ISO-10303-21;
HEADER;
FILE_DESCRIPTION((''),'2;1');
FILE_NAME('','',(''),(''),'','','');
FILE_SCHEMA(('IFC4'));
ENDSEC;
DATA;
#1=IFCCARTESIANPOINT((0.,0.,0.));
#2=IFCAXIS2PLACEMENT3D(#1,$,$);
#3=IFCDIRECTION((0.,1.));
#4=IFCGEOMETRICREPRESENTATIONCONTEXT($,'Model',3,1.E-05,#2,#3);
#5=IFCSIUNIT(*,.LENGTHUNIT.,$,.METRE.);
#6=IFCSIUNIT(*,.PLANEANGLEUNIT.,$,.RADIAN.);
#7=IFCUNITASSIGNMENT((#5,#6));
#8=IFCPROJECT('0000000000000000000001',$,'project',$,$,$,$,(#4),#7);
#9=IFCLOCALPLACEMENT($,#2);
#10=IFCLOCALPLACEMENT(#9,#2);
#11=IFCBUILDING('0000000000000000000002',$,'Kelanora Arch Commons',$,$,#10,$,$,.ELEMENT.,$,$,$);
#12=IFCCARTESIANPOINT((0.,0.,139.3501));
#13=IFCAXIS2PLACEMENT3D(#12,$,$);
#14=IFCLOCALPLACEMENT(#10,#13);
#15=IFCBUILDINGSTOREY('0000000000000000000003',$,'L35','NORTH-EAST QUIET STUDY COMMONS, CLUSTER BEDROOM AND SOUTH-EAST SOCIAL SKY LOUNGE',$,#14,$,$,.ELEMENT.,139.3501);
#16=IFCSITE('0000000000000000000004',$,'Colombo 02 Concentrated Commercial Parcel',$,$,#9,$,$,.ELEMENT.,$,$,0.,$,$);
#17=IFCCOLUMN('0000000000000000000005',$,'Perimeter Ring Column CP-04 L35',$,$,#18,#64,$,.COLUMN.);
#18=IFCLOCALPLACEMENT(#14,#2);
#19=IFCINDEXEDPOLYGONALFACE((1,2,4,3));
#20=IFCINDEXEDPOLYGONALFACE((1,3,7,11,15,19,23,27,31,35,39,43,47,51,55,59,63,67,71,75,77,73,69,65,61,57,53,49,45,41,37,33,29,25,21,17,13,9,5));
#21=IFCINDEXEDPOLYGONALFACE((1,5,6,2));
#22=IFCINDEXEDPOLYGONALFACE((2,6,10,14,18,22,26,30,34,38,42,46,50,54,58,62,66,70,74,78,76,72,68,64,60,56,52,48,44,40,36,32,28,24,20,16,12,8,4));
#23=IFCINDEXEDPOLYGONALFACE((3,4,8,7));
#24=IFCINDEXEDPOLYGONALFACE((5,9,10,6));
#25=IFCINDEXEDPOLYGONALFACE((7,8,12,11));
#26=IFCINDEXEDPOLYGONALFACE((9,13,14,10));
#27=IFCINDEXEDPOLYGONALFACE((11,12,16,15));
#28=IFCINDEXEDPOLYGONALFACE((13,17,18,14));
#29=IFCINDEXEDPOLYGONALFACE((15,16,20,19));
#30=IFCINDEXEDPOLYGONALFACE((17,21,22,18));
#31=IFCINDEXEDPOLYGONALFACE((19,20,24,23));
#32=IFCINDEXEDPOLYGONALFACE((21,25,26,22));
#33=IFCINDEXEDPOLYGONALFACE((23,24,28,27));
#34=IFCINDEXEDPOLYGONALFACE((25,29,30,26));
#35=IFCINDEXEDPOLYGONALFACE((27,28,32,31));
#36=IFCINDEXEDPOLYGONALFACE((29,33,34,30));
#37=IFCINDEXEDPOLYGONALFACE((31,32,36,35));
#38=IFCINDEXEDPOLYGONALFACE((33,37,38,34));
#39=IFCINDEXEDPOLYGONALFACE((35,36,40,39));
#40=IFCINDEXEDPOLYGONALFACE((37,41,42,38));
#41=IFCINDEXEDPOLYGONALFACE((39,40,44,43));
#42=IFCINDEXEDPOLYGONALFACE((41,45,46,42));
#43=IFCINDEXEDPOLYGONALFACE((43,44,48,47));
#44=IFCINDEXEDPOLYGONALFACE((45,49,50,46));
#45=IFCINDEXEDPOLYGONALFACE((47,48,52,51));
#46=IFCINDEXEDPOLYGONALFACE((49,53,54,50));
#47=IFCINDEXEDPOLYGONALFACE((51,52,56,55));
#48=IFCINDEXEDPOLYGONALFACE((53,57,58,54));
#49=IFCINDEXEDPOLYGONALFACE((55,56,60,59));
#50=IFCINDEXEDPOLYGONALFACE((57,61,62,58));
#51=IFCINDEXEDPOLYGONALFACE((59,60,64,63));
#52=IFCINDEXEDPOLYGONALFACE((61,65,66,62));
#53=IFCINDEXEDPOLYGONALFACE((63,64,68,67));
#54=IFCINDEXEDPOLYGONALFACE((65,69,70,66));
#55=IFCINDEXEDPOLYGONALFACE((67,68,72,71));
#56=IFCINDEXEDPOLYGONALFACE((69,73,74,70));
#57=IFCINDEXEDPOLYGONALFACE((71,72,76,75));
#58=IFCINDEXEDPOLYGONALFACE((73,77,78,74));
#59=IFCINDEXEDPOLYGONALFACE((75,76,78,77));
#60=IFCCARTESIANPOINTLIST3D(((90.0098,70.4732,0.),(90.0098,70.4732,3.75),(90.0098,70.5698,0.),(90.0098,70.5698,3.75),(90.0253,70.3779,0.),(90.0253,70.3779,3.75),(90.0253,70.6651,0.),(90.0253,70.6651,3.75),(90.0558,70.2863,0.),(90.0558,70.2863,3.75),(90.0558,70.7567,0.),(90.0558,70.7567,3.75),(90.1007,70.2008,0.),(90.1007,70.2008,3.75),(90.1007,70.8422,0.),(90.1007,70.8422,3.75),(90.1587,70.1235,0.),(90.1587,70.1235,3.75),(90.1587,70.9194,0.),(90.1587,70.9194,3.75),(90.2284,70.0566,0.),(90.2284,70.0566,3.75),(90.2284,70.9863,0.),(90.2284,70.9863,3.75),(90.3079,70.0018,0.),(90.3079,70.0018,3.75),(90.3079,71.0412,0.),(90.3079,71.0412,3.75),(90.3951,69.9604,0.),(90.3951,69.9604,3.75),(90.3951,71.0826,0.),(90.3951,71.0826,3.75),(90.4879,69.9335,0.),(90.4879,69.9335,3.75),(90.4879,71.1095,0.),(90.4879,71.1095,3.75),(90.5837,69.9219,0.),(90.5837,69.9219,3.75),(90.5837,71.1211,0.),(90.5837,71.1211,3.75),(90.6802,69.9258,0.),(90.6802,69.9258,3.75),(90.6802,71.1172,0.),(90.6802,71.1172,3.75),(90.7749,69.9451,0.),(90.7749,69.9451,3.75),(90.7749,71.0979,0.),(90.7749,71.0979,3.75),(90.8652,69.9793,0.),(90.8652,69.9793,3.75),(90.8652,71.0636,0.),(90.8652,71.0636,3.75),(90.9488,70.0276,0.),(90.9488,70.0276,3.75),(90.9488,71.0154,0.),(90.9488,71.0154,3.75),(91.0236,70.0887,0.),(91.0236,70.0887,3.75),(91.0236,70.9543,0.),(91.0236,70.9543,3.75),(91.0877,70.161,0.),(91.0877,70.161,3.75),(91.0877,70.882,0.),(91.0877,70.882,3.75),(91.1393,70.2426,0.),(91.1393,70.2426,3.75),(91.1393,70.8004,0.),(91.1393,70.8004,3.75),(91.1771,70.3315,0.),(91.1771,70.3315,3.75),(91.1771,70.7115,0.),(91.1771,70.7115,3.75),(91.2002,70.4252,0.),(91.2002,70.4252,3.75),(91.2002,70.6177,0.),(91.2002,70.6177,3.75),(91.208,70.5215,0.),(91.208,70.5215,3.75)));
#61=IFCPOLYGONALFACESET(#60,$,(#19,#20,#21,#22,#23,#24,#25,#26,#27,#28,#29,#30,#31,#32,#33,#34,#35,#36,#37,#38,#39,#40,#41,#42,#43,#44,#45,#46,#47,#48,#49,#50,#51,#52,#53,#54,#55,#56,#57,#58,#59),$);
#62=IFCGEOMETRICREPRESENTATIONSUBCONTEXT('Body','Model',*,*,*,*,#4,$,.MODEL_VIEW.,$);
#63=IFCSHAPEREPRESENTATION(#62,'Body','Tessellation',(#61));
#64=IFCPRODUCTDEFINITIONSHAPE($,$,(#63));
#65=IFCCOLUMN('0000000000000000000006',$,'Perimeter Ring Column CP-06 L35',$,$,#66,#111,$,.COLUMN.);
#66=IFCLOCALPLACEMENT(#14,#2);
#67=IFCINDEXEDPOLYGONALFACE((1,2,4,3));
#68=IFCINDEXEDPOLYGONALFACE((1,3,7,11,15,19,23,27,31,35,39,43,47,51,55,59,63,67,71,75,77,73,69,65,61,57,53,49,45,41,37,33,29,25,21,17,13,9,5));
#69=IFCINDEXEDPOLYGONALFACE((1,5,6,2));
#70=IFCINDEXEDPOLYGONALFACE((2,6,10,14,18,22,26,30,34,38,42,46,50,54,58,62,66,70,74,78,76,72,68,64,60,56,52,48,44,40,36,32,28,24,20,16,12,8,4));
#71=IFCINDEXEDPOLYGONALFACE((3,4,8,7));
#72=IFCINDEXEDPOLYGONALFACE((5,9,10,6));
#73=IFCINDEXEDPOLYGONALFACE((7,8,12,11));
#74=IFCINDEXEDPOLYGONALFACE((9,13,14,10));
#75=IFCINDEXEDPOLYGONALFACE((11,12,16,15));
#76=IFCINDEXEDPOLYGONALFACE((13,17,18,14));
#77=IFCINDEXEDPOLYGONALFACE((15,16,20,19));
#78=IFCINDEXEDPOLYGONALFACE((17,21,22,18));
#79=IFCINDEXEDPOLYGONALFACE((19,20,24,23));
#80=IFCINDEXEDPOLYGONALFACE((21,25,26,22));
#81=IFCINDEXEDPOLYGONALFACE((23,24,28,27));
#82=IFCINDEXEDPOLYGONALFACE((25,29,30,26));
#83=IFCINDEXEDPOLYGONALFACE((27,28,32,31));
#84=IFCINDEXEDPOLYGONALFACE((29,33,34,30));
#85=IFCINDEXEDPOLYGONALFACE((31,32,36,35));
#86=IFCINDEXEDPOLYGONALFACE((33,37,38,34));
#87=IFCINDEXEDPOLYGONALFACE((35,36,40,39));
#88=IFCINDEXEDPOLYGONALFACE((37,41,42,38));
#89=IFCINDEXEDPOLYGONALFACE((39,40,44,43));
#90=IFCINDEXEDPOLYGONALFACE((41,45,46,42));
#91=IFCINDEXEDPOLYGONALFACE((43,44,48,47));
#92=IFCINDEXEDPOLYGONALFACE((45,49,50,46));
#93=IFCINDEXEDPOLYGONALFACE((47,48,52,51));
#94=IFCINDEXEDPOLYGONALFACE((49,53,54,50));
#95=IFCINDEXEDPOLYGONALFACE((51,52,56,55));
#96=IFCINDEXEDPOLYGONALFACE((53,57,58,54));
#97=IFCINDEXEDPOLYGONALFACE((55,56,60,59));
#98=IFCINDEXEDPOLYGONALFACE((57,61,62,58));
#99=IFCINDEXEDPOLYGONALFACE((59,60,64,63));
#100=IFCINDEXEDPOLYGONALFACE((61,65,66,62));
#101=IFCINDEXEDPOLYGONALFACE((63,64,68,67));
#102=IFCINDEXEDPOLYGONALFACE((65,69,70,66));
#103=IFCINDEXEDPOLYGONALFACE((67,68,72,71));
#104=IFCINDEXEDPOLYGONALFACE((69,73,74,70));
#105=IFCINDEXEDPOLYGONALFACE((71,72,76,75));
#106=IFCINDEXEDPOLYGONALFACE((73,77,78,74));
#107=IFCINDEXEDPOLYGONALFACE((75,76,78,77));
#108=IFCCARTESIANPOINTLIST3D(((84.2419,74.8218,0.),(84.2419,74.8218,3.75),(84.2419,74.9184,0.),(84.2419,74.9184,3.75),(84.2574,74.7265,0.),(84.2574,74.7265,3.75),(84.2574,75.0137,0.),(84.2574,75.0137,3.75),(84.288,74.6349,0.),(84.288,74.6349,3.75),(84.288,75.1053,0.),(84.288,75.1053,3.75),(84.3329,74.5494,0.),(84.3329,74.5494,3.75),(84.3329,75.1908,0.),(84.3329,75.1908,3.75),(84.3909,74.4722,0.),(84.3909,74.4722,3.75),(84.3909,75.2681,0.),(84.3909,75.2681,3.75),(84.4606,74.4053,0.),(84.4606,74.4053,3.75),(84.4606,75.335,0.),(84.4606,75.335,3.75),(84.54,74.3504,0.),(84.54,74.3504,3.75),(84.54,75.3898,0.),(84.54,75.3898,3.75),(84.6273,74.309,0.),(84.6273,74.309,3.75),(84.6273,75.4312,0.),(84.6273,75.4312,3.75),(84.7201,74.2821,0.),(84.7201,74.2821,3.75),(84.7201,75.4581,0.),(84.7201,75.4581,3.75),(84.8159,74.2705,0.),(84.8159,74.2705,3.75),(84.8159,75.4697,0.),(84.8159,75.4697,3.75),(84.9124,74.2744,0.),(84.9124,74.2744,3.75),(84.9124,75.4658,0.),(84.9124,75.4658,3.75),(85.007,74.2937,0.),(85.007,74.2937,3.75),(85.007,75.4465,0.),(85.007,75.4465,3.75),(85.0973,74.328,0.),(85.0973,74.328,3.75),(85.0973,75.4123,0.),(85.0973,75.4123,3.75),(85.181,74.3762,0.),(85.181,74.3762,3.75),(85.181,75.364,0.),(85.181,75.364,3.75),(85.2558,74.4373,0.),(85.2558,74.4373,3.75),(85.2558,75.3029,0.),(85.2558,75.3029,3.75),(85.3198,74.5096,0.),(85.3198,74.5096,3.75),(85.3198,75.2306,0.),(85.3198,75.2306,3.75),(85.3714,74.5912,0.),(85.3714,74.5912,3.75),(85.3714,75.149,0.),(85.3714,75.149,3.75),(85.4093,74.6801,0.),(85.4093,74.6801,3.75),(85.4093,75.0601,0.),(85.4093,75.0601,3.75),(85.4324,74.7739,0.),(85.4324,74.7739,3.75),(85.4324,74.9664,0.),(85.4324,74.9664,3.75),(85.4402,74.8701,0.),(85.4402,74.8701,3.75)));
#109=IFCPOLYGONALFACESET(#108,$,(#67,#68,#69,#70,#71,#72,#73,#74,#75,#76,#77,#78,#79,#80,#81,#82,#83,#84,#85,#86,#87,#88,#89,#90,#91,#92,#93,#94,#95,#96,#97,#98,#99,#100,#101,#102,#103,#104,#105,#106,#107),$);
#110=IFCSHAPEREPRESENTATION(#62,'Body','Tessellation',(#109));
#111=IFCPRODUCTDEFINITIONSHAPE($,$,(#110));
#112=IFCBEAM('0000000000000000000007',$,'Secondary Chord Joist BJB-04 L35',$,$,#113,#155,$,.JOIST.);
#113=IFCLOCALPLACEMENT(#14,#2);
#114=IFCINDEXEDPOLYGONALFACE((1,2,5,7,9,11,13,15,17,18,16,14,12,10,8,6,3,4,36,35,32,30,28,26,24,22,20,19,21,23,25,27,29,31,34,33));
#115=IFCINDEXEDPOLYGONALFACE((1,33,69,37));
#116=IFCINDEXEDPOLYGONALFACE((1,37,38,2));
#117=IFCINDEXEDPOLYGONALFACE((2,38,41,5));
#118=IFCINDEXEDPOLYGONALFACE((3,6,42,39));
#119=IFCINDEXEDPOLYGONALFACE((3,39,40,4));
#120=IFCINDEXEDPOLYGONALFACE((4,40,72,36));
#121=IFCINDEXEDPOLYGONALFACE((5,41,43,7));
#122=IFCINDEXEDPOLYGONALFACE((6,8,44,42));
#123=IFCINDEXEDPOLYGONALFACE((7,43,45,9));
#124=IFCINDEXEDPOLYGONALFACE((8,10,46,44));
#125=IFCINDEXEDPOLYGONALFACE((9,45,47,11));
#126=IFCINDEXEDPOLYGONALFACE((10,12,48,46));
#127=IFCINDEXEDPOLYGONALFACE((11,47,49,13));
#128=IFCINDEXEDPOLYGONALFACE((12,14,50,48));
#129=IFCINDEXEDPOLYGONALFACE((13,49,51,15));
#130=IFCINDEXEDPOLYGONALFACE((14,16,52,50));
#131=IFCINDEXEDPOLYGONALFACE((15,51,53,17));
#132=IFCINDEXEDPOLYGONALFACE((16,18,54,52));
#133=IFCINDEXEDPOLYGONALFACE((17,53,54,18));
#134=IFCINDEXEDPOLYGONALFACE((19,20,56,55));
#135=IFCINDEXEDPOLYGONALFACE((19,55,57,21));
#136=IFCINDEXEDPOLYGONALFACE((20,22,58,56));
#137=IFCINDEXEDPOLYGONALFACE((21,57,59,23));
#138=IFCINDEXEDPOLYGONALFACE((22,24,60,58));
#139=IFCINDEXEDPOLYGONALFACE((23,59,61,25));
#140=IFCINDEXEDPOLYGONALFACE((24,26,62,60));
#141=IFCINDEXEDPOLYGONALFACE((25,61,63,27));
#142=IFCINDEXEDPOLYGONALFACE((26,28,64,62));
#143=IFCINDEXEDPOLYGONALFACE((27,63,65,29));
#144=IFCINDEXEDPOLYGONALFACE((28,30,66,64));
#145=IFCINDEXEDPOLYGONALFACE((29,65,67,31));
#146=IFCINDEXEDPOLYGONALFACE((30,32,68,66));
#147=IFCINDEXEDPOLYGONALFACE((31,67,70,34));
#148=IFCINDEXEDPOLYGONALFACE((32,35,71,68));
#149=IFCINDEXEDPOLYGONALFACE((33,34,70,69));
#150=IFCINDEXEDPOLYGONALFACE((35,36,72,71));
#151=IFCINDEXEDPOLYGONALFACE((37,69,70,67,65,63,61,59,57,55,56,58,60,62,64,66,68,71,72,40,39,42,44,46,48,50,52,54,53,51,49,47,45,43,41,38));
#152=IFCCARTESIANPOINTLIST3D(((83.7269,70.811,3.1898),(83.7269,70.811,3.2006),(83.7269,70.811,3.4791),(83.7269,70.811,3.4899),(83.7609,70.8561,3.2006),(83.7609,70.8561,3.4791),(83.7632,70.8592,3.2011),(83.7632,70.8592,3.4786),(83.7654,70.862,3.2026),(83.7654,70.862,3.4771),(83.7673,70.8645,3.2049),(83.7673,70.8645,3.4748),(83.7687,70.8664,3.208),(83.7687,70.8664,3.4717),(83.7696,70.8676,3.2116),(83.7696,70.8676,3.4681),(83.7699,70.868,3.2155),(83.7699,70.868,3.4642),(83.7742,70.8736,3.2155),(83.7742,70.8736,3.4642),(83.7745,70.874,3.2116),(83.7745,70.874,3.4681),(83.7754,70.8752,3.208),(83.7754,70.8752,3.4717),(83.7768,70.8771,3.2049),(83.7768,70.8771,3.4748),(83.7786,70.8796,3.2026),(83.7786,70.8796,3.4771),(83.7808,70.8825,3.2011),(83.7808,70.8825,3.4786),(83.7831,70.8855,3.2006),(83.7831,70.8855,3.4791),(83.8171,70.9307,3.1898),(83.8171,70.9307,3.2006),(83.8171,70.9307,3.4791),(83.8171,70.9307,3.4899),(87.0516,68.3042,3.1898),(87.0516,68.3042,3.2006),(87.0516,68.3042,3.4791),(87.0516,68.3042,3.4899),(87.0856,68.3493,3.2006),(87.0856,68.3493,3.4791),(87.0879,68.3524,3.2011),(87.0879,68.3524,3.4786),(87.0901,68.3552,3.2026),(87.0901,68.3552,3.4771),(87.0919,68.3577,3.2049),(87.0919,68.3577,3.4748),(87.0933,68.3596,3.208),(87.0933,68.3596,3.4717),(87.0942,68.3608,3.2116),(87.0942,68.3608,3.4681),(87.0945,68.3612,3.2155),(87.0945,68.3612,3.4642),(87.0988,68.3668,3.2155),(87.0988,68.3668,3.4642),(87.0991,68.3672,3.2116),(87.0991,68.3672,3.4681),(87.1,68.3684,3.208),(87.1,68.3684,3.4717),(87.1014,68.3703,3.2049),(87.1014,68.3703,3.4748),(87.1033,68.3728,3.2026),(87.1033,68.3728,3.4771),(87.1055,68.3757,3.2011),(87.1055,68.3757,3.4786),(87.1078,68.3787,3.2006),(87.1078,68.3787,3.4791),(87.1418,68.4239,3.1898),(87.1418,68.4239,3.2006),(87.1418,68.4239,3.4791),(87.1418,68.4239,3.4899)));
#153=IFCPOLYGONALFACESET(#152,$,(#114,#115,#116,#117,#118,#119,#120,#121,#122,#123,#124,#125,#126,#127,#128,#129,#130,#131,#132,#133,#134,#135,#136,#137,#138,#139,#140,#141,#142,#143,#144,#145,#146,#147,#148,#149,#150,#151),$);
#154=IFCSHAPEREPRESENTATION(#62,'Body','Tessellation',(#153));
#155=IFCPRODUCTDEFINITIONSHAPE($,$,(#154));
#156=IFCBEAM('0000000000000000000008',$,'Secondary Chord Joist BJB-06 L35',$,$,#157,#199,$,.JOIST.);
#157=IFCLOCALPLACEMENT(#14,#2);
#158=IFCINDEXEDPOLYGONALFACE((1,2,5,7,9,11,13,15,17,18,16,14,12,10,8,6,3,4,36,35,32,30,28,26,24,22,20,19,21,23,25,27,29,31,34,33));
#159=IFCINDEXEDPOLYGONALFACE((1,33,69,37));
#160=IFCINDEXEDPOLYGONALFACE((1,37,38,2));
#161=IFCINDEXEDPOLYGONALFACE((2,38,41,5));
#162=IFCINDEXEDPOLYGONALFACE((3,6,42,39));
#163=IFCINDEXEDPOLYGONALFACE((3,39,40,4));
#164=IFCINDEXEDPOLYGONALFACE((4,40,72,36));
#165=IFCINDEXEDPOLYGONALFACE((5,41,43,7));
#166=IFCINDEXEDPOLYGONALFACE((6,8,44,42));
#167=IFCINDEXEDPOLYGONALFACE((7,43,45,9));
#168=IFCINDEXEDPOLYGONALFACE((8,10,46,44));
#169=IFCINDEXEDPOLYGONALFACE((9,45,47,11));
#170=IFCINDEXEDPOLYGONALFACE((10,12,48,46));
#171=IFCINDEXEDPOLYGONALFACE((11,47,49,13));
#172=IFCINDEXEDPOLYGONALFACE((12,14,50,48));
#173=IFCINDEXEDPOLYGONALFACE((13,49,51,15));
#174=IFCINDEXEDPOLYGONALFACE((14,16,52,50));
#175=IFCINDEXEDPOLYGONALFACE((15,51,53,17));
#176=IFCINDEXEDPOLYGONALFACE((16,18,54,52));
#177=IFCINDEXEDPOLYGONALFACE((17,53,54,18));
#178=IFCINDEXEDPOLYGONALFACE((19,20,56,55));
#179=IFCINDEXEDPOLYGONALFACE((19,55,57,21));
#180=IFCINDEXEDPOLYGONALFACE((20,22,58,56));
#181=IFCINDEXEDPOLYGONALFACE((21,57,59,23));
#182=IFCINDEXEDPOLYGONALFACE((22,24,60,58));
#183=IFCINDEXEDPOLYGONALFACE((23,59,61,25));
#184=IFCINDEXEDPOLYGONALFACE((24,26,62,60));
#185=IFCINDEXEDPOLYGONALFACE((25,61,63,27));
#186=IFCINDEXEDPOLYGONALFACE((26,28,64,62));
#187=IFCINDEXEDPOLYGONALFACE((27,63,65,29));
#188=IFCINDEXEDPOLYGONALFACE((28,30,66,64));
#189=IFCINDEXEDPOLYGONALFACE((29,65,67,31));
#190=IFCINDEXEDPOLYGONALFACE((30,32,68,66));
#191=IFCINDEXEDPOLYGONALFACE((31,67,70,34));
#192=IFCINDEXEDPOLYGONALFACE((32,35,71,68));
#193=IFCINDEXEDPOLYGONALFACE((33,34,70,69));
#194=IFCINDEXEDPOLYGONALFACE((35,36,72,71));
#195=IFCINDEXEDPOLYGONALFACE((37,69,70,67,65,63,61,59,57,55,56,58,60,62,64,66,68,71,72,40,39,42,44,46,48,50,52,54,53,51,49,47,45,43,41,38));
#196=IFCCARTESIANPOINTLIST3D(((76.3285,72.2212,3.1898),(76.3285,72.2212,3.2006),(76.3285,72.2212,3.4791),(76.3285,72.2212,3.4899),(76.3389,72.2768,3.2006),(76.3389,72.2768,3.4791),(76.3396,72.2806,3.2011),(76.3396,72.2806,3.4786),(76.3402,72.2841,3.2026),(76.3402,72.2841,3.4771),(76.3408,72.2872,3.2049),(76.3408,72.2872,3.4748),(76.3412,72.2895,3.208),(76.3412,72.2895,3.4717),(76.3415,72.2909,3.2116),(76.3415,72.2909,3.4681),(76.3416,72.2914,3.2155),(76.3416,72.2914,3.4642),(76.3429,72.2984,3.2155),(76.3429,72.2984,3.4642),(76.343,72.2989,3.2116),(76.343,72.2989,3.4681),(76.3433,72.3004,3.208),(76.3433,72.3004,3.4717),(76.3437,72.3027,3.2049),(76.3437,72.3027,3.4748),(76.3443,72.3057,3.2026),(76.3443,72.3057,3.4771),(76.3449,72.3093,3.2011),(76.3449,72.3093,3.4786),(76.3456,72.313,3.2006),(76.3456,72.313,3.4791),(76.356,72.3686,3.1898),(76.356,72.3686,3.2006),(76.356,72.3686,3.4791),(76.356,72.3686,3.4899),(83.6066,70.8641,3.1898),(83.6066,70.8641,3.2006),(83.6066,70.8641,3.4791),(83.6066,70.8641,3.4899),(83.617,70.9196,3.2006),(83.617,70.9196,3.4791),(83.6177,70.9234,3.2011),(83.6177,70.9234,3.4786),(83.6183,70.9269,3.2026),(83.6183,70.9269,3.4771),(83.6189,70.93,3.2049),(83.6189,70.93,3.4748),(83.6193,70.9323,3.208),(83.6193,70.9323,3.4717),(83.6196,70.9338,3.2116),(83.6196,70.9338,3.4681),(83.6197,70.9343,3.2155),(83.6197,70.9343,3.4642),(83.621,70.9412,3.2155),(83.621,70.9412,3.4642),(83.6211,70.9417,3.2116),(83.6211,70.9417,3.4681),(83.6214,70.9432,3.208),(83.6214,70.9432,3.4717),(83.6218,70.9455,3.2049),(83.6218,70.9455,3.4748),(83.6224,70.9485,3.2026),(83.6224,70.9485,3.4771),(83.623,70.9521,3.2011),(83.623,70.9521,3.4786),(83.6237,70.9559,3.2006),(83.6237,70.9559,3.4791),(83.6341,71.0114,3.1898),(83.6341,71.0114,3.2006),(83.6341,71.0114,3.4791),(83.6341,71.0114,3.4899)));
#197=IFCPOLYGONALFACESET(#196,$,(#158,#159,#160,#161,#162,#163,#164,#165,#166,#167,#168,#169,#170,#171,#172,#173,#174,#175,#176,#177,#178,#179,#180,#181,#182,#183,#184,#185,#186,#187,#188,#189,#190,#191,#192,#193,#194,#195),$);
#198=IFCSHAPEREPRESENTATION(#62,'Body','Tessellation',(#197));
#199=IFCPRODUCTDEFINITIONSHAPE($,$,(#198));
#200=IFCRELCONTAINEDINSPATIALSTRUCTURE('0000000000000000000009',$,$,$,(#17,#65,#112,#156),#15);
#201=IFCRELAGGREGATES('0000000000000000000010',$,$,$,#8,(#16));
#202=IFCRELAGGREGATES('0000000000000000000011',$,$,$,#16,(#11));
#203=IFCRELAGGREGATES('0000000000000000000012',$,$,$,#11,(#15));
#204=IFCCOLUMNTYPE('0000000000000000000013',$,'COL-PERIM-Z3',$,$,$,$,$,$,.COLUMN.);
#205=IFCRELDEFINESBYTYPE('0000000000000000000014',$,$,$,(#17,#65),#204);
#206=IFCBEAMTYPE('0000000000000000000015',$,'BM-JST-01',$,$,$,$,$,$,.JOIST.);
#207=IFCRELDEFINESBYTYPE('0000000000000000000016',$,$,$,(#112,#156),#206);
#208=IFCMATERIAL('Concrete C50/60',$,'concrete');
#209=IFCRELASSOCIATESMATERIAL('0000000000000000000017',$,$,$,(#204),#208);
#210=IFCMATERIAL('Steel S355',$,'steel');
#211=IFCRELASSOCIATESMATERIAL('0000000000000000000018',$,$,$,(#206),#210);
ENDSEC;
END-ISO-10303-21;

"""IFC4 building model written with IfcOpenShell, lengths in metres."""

from ifc_helpers import new_model, si_unit, direction, frame, origin, origin_2d, place, context, subcontext, project, spatial, circle, i_section, extrude, material, material_profile, profile_set, type_object, element, save


model = new_model("IFC4")

# Units and contexts
model_context = context("Model", 3, precision=1e-05, world=origin(), true_north=direction((0.0, 1.0)))
body_context = subcontext(model_context, "Body", "Model", "MODEL_VIEW")
ifc_project = project(units=[si_unit("LENGTHUNIT", "METRE"), si_unit("PLANEANGLEUNIT", "RADIAN")], contexts=[model_context])

# Site, building, storey
site_placement = place(None, origin())
site = spatial("IfcSite", under=ifc_project, at=site_placement, Name="Colombo 02 Concentrated Commercial Parcel", CompositionType="ELEMENT", RefElevation=0.0)
building_placement = place(site_placement, origin())
building = spatial("IfcBuilding", under=site, at=building_placement, Name="Kelanora Arch Commons", CompositionType="ELEMENT")
storey_placement = place(building_placement, frame((0.0, 0.0, 139.3501)))
storey = spatial("IfcBuildingStorey", under=building, at=storey_placement, Name="L35", Description="NORTH-EAST QUIET STUDY COMMONS, CLUSTER BEDROOM AND SOUTH-EAST SOCIAL SKY LOUNGE", CompositionType="ELEMENT", Elevation=139.3501)

# Columns
ifc_material_1 = material(Name="Concrete C50/60", Category="concrete")
ifc_material_profile_1 = material_profile(ifc_material_1, circle(Radius=0.6001, at=origin_2d()), Name="RCC1200")
ifc_profile_set_1 = profile_set([ifc_material_profile_1], Name="Concrete C50/60")
column_type = type_object("IfcColumnType", Name="COL-PERIM-Z3", PredefinedType="COLUMN", material=ifc_profile_set_1)
for number, where, z_axis, x_axis, name in (
    (1, (90.6079, 70.5215, 0.0), (0.0, 0.0, 1.0), (1.0, 0.0, 0.0), "Perimeter Ring Column CP-04 L35"),
    (2, (84.8401, 74.8701, 0.0), (0.0, 0.0, 1.0), (1.0, 0.0, 0.0), "Perimeter Ring Column CP-06 L35"),
):
    element("IfcColumn", number, at=place(storey_placement, frame(where, z_axis=z_axis, x_axis=x_axis)), inside=storey, type_object=column_type, Name=name, PredefinedType="COLUMN", context=body_context, shape_type="SweptSolid", body=[
        extrude(circle(Radius=0.6001, at=origin_2d()), origin(), (0.0, 0.0, 1.0), 3.75),
    ])

# Beams
ifc_material_2 = material(Name="Steel S355", Category="steel")
ifc_material_profile_2 = material_profile(ifc_material_2, i_section(OverallWidth=0.1499, OverallDepth=0.3, WebThickness=0.0071, FlangeThickness=0.0107, FilletRadius=0.0149, at=origin_2d()), Name="IPE300")
ifc_profile_set_2 = profile_set([ifc_material_profile_2], Name="Steel S355")
beam_type_1 = type_object("IfcBeamType", Name="BM-JST-01", PredefinedType="JOIST", material=ifc_profile_set_2)
beam_1_placement = place(storey_placement, frame((87.0967, 68.364, 3.3398), z_axis=(-0.798464, 0.602043, 0.0), x_axis=(-0.602043, -0.798464, 0.0)))
element("IfcBeam", 3, at=beam_1_placement, inside=storey, type_object=beam_type_1, Name="Secondary Chord Joist BJB-04 L35", PredefinedType="JOIST", context=body_context, shape_type="SweptSolid", body=[
    extrude(i_section(OverallWidth=0.1499, OverallDepth=0.3, WebThickness=0.0071, FlangeThickness=0.0107, FilletRadius=0.0149, at=origin_2d()), origin(), (0.0, 0.0, 1.0), 4.1638),
])
beam_2_placement = place(storey_placement, frame((83.6204, 70.9377, 3.3398), z_axis=(-0.983054, 0.183315, 0.0), x_axis=(-0.183315, -0.983054, 0.0)))
element("IfcBeam", 4, at=beam_2_placement, inside=storey, type_object=beam_type_1, Name="Secondary Chord Joist BJB-06 L35", PredefinedType="JOIST", context=body_context, shape_type="SweptSolid", body=[
    extrude(i_section(OverallWidth=0.1499, OverallDepth=0.3, WebThickness=0.0071, FlangeThickness=0.0107, FilletRadius=0.0149, at=origin_2d()), origin(), (0.0, 0.0, 1.0), 7.4036),
])

save(model, "model.ifc")
